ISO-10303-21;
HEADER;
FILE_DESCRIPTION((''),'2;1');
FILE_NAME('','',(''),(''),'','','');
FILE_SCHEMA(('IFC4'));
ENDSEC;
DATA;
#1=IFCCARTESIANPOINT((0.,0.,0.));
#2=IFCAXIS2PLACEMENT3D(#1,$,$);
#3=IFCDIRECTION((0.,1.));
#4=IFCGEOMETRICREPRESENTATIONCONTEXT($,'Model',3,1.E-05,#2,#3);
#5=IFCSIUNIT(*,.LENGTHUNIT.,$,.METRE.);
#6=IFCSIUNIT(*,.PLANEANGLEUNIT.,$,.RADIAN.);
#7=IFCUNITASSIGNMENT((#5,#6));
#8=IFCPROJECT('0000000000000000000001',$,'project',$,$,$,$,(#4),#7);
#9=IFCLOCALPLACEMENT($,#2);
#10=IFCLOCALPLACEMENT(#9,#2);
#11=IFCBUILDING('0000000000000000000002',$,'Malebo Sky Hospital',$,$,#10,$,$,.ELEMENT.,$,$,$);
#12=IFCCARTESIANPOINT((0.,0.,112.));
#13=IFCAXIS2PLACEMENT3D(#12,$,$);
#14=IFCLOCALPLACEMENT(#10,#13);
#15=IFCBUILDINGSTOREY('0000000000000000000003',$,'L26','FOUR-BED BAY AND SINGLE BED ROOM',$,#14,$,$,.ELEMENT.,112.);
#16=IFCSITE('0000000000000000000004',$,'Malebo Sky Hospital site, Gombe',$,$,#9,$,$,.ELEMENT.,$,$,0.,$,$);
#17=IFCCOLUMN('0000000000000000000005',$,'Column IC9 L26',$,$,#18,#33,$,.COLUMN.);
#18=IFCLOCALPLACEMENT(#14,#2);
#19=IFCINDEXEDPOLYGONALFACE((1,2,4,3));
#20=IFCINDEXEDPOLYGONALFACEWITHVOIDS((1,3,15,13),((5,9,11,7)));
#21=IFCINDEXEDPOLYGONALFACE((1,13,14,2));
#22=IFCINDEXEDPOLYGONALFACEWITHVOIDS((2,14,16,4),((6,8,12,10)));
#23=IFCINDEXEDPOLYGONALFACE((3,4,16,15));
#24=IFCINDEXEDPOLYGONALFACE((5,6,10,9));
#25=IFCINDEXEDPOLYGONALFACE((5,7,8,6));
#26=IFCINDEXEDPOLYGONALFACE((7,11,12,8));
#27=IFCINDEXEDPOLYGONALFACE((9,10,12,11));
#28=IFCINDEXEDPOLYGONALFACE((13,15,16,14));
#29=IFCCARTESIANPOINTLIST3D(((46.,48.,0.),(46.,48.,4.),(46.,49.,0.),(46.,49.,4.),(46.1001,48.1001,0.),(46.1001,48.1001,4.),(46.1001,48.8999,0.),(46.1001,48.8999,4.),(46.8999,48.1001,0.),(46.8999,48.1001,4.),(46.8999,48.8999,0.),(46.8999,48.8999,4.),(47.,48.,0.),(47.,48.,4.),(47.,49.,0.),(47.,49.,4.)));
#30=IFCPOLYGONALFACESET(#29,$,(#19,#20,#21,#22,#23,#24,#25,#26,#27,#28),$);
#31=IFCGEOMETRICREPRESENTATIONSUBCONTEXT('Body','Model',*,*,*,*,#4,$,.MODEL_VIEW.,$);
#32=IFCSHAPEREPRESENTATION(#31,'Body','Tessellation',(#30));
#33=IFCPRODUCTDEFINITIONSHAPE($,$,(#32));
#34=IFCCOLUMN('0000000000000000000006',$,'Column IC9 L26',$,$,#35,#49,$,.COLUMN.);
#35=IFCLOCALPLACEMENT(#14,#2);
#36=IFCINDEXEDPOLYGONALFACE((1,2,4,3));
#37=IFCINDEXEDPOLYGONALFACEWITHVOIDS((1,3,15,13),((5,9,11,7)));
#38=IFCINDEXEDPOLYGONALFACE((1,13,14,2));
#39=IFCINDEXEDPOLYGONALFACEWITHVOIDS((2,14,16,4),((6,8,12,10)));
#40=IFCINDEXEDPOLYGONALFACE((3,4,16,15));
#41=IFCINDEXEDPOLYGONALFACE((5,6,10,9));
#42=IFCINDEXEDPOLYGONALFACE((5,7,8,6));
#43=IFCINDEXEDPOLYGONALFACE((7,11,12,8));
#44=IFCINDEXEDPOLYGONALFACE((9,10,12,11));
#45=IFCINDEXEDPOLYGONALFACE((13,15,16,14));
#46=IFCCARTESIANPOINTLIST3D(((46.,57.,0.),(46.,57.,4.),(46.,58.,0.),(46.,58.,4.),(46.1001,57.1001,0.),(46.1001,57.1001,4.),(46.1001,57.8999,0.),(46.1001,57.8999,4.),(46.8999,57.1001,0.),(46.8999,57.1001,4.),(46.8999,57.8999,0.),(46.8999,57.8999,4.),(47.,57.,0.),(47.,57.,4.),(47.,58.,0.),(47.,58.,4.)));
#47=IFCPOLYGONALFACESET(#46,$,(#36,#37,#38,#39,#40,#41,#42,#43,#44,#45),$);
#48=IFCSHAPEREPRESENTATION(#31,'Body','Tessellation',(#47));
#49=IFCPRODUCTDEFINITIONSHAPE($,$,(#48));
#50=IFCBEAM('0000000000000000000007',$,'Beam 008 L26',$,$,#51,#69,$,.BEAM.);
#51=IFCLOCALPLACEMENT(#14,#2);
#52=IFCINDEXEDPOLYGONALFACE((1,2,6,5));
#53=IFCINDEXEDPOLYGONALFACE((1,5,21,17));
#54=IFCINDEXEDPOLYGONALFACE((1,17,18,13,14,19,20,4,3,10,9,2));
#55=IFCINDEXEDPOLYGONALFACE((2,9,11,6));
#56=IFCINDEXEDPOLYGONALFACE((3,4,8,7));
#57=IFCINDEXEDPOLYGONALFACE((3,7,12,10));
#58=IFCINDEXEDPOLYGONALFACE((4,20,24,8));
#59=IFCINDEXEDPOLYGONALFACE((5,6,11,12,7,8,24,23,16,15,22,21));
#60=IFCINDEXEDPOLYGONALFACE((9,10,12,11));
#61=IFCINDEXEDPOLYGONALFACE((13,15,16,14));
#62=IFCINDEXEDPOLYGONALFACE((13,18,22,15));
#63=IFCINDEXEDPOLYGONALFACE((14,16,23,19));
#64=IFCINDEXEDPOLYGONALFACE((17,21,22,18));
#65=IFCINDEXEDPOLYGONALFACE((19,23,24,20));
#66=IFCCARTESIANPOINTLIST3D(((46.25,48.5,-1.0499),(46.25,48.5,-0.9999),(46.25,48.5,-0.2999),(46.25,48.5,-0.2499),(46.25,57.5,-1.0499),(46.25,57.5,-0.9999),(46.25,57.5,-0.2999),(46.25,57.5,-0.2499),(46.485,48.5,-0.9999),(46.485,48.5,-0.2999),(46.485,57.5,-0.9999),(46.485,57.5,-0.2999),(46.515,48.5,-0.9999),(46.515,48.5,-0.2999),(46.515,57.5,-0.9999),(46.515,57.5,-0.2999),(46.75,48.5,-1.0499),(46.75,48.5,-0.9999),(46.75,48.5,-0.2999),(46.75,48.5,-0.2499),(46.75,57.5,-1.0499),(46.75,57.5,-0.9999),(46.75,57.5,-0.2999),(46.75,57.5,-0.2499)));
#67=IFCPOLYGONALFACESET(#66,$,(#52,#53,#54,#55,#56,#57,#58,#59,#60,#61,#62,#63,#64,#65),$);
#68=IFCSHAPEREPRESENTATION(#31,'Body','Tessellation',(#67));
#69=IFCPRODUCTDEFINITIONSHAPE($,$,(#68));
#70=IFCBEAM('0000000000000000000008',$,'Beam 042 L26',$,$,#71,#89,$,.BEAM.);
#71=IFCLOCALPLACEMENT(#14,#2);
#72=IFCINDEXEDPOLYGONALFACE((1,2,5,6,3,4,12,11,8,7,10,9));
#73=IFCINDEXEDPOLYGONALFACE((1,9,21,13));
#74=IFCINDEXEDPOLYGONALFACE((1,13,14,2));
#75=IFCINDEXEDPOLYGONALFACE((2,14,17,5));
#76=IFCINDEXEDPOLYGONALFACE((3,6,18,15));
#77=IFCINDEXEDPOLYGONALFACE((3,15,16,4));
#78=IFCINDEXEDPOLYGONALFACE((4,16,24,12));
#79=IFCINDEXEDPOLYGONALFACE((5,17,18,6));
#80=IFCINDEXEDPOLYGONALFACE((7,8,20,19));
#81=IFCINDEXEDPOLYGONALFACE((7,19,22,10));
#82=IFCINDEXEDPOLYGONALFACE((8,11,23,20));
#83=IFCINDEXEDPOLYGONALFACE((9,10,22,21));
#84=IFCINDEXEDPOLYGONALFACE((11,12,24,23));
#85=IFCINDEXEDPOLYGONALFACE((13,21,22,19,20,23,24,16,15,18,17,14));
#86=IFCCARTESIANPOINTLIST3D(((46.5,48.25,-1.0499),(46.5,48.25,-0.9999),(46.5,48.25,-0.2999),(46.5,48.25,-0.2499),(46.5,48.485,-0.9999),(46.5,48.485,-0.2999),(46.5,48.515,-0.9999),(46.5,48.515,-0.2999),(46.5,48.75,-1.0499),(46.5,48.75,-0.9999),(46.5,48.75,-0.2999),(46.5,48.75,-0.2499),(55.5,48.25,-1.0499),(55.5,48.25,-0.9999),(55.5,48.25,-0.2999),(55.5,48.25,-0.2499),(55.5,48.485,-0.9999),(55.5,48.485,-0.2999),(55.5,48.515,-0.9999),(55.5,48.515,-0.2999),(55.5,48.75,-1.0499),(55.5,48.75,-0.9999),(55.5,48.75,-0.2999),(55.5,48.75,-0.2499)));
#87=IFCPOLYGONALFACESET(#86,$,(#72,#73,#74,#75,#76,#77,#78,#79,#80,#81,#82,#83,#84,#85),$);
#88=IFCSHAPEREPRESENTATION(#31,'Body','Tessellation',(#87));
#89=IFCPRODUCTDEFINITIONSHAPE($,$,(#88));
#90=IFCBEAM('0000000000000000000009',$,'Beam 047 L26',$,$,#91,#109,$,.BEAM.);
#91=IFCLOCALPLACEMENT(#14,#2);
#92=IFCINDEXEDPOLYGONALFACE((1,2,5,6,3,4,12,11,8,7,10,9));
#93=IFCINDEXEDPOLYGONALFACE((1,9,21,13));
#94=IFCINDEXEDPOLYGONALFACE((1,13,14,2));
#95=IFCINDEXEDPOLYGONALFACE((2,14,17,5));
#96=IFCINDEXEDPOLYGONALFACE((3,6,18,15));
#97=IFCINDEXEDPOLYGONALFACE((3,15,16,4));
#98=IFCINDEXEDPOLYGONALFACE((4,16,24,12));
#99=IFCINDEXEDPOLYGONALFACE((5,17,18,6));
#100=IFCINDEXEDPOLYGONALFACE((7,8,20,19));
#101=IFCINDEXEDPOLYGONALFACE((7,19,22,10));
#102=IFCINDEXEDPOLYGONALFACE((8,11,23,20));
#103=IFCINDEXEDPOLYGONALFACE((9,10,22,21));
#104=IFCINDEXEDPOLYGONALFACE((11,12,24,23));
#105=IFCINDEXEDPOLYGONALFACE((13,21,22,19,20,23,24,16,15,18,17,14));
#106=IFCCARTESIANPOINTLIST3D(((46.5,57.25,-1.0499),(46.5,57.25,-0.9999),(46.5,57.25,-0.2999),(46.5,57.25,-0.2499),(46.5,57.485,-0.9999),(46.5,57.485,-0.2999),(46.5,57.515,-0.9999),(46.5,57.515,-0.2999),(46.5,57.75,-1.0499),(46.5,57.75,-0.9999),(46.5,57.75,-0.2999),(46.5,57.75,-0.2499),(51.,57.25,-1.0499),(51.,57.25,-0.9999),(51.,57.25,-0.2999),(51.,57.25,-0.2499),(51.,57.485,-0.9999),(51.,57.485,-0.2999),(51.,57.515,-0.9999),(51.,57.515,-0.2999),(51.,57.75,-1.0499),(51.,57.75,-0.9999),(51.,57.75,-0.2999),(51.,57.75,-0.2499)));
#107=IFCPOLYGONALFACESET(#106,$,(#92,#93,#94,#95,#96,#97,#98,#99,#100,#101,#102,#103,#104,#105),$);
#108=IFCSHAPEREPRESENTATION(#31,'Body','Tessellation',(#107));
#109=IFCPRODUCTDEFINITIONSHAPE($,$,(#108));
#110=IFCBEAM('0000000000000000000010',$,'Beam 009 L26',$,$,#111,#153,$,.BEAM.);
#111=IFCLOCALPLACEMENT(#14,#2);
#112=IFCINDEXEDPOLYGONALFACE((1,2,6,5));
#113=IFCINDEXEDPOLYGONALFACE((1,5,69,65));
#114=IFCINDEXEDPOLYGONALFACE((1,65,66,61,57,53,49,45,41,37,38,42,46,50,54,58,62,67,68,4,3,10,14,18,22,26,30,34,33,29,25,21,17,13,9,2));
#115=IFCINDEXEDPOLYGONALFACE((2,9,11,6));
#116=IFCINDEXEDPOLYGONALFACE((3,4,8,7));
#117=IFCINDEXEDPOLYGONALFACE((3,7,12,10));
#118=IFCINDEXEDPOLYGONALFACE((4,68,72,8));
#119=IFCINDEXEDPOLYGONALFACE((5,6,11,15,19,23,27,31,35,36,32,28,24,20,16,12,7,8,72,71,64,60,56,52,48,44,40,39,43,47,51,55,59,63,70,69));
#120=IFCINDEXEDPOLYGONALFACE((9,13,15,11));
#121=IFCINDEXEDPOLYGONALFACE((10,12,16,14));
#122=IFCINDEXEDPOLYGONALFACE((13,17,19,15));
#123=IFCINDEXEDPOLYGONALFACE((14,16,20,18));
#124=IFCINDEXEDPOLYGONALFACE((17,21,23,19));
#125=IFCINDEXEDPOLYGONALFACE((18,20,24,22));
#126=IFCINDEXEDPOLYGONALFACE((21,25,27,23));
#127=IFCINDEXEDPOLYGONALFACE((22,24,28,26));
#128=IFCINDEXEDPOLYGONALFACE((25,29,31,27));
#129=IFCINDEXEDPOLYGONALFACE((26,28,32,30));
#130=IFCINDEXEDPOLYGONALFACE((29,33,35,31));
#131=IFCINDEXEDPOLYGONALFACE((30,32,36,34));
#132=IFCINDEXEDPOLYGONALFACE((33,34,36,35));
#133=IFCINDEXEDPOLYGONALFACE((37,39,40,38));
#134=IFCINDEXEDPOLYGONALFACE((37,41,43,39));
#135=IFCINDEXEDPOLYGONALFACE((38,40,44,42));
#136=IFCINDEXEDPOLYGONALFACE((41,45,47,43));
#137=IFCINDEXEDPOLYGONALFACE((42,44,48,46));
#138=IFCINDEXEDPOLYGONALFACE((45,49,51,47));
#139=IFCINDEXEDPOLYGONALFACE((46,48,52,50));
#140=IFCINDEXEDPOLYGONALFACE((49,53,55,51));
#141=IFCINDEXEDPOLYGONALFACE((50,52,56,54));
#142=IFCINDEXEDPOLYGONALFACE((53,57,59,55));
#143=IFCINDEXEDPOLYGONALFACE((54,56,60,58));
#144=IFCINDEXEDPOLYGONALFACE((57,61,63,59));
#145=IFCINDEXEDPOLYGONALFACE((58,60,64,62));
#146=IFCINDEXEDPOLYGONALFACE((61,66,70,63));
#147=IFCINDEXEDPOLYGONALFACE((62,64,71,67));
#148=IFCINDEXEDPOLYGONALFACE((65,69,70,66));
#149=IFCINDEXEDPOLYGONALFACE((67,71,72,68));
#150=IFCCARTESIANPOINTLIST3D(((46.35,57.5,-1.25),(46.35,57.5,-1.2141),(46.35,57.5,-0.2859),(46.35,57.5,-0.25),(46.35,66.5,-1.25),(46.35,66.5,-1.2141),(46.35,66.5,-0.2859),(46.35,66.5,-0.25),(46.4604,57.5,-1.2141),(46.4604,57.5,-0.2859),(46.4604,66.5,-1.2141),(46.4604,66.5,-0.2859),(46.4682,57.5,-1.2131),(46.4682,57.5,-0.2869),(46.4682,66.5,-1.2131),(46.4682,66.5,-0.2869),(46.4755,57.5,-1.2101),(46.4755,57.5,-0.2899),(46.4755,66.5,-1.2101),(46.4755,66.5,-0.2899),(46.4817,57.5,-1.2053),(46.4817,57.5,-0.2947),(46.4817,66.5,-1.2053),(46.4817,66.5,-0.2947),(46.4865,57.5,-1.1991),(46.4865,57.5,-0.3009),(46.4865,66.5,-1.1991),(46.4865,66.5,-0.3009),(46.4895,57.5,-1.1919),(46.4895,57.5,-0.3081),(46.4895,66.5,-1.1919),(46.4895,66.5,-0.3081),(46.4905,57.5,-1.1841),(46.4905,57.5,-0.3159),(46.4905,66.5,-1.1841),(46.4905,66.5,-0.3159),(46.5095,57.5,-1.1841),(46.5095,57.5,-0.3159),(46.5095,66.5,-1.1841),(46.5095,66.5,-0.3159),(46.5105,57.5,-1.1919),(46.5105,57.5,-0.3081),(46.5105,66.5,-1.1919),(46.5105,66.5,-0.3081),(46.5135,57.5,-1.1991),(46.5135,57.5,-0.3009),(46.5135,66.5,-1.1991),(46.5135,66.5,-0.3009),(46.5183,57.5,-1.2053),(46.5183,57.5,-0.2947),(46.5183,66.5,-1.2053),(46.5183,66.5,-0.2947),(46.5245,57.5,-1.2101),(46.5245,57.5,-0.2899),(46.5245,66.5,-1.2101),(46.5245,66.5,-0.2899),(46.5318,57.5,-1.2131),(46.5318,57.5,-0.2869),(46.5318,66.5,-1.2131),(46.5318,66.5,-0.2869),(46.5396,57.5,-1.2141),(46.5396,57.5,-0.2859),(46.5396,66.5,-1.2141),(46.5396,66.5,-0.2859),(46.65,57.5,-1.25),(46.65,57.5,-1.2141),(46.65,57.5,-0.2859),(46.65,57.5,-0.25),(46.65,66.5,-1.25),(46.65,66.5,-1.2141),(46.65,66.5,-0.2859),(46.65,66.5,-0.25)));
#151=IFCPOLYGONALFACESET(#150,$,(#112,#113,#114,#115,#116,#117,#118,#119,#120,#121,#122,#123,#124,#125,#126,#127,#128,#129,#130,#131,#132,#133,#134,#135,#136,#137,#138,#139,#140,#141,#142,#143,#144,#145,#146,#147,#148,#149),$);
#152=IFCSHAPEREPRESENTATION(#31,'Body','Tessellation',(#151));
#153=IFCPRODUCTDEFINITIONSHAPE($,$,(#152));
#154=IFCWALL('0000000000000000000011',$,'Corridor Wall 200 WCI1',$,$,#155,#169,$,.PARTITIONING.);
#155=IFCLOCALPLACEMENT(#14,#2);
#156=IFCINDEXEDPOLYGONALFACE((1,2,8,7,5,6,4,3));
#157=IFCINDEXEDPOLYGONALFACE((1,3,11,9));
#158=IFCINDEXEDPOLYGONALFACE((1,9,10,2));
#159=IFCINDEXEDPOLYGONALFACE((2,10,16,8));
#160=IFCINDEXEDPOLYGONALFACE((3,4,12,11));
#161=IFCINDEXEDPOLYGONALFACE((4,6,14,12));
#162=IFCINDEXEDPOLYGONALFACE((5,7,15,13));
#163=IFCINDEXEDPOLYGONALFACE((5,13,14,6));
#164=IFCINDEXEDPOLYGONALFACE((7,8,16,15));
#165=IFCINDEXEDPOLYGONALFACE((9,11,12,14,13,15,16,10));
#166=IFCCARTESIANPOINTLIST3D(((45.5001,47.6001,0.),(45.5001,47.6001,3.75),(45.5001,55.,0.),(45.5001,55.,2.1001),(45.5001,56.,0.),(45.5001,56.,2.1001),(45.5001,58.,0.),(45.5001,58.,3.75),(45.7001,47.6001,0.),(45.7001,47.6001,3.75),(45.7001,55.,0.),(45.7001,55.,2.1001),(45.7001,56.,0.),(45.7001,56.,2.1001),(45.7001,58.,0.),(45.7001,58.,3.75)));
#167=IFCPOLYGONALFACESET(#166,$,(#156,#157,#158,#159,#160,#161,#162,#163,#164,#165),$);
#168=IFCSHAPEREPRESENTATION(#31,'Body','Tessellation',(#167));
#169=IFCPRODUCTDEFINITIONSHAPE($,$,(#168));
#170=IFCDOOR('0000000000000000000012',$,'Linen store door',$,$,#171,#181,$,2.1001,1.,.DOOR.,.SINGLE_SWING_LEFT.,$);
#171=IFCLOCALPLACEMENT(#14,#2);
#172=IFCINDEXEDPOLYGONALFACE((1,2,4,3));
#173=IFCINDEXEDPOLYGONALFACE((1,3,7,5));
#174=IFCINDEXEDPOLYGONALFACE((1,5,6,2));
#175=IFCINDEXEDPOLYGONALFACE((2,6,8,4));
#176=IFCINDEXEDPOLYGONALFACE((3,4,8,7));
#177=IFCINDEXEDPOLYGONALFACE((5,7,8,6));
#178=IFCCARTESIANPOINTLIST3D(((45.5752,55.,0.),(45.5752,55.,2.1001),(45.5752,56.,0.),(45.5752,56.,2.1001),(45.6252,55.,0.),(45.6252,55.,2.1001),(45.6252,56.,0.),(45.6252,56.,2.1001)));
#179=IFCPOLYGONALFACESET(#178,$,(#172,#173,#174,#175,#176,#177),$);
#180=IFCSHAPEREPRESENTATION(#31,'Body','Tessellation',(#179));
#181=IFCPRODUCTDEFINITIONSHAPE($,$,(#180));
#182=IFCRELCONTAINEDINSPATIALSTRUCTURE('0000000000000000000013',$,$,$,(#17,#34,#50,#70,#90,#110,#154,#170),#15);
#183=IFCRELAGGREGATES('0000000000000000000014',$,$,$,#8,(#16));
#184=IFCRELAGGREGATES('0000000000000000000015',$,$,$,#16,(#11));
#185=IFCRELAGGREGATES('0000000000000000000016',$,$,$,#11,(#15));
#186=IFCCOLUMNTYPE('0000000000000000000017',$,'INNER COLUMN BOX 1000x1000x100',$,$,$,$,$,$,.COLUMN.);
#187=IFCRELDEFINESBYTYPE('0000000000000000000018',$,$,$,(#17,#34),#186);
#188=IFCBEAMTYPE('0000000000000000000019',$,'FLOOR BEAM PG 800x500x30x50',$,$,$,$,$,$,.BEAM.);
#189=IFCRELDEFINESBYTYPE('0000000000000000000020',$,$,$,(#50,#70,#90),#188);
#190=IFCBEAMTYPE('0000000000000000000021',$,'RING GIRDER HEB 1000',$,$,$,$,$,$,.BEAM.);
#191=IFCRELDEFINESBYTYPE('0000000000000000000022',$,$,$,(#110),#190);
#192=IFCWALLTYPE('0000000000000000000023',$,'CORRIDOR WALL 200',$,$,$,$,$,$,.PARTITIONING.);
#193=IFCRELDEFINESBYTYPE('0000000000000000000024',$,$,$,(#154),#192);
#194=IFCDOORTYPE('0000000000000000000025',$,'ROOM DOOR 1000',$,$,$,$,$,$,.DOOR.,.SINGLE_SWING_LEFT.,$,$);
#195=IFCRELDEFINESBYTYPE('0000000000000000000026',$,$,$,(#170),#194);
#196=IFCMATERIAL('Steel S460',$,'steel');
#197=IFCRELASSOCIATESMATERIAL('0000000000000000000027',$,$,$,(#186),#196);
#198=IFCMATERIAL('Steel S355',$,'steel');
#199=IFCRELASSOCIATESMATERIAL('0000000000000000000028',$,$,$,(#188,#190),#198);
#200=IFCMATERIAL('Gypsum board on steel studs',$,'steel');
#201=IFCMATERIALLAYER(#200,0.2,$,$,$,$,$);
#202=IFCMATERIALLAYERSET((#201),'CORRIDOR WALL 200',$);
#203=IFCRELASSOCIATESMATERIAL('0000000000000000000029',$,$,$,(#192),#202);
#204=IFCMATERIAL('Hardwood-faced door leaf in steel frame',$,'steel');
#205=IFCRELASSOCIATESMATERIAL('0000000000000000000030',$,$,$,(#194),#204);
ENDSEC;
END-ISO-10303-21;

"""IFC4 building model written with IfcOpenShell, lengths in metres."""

from ifc_helpers import new_model, si_unit, direction, frame, frame_2d, origin, origin_2d, place, context, subcontext, project, spatial, rectangle, hollow_rectangle, i_section, extrude, material, layer, layer_set, material_profile, profile_set, type_object, element, fill, save


model = new_model("IFC4")

# Units and contexts
model_context = context("Model", 3, precision=1e-05, world=origin(), true_north=direction((0.0, 1.0)))
body_context = subcontext(model_context, "Body", "Model", "MODEL_VIEW")
ifc_project = project(units=[si_unit("LENGTHUNIT", "METRE"), si_unit("PLANEANGLEUNIT", "RADIAN")], contexts=[model_context])

# Site, building, storey
site_placement = place(None, origin())
site = spatial("IfcSite", under=ifc_project, at=site_placement, Name="Malebo Sky Hospital site, Gombe", CompositionType="ELEMENT", RefElevation=0.0)
building_placement = place(site_placement, origin())
building = spatial("IfcBuilding", under=site, at=building_placement, Name="Malebo Sky Hospital", CompositionType="ELEMENT")
storey_placement = place(building_placement, frame((0.0, 0.0, 112.0)))
storey = spatial("IfcBuildingStorey", under=building, at=storey_placement, Name="L26", Description="FOUR-BED BAY AND SINGLE BED ROOM", CompositionType="ELEMENT", Elevation=112.0)

# Columns
ifc_material_1 = material(Name="Steel S460", Category="steel")
ifc_material_profile_1 = material_profile(ifc_material_1, hollow_rectangle(XDim=1.0, YDim=1.0, WallThickness=0.1001, at=origin_2d()), Name="BOX 1000x1000x100")
ifc_profile_set_1 = profile_set([ifc_material_profile_1], Name="Steel S460")
column_type = type_object("IfcColumnType", Name="INNER COLUMN BOX 1000x1000x100", PredefinedType="COLUMN", material=ifc_profile_set_1)
for number, where, z_axis, x_axis, name in (
    (1, (46.5, 48.5, 0.0), (0.0, 0.0, 1.0), (1.0, 0.0, 0.0), "Column IC9 L26"),
    (2, (46.5, 57.5, 0.0), (0.0, 0.0, 1.0), (1.0, 0.0, 0.0), "Column IC9 L26"),
):
    element("IfcColumn", number, at=place(storey_placement, frame(where, z_axis=z_axis, x_axis=x_axis)), inside=storey, type_object=column_type, Name=name, PredefinedType="COLUMN", context=body_context, shape_type="SweptSolid", body=[
        extrude(hollow_rectangle(XDim=1.0, YDim=1.0, WallThickness=0.1001, at=origin_2d()), origin(), (0.0, 0.0, 1.0), 4.0),
    ])

# Beams
ifc_material_2 = material(Name="Steel S355", Category="steel")
ifc_material_profile_2 = material_profile(ifc_material_2, i_section(OverallWidth=0.5, OverallDepth=0.8, WebThickness=0.03, FlangeThickness=0.05, at=origin_2d()), Name="PG 800x500x30x50")
ifc_profile_set_2 = profile_set([ifc_material_profile_2], Name="Steel S355")
beam_type_1 = type_object("IfcBeamType", Name="FLOOR BEAM PG 800x500x30x50", PredefinedType="BEAM", material=ifc_profile_set_2)
for number, where, z_axis, x_axis, name in (
    (3, (46.5, 48.5, -0.6499), (0.0, 1.0, 0.0), (-1.0, 0.0, 0.0), "Beam 008 L26"),
    (4, (46.5, 48.5, -0.6499), (1.0, 0.0, 0.0), (0.0, 1.0, 0.0), "Beam 042 L26"),
):
    element("IfcBeam", number, at=place(storey_placement, frame(where, z_axis=z_axis, x_axis=x_axis)), inside=storey, type_object=beam_type_1, Name=name, PredefinedType="BEAM", context=body_context, shape_type="SweptSolid", body=[
        extrude(i_section(OverallWidth=0.5, OverallDepth=0.8, WebThickness=0.03, FlangeThickness=0.05, at=origin_2d()), origin(), (0.0, 0.0, 1.0), 9.0),
    ])
beam_1_placement = place(storey_placement, frame((46.5, 57.5, -0.6499), z_axis=(1.0, 0.0, 0.0), x_axis=(0.0, 1.0, 0.0)))
element("IfcBeam", 5, at=beam_1_placement, inside=storey, type_object=beam_type_1, Name="Beam 047 L26", PredefinedType="BEAM", context=body_context, shape_type="SweptSolid", body=[
    extrude(i_section(OverallWidth=0.5, OverallDepth=0.8, WebThickness=0.03, FlangeThickness=0.05, at=origin_2d()), origin(), (0.0, 0.0, 1.0), 4.5),
])
ifc_material_profile_3 = material_profile(ifc_material_2, i_section(OverallWidth=0.3, OverallDepth=1.0, WebThickness=0.019, FlangeThickness=0.0359, FilletRadius=0.03, at=origin_2d()), Name="HEB 1000")
ifc_profile_set_3 = profile_set([ifc_material_profile_3], Name="Steel S355")
beam_type_2 = type_object("IfcBeamType", Name="RING GIRDER HEB 1000", PredefinedType="BEAM", material=ifc_profile_set_3)
beam_2_placement = place(storey_placement, frame((46.5, 57.5, -0.75), z_axis=(0.0, 1.0, 0.0), x_axis=(-1.0, 0.0, 0.0)))
element("IfcBeam", 6, at=beam_2_placement, inside=storey, type_object=beam_type_2, Name="Beam 009 L26", PredefinedType="BEAM", context=body_context, shape_type="SweptSolid", body=[
    extrude(i_section(OverallWidth=0.3, OverallDepth=1.0, WebThickness=0.019, FlangeThickness=0.0359, FilletRadius=0.03, at=origin_2d()), origin(), (0.0, 0.0, 1.0), 9.0),
])

# Wall, opening, door
ifc_material_3 = material(Name="Gypsum board on steel studs", Category="steel")
ifc_layer_1 = layer(ifc_material_3, 0.2)
ifc_layer_set_1 = layer_set([ifc_layer_1], Name="CORRIDOR WALL 200")
wall_type_1 = type_object("IfcWallType", Name="CORRIDOR WALL 200", PredefinedType="PARTITIONING", material=ifc_layer_set_1)
wall_1_placement = place(storey_placement, frame((45.6001, 47.6001, 0.0), z_axis=(0.0, 0.0, 1.0), x_axis=(0.0, 1.0, 0.0)))
wall_1 = element("IfcWall", 7, at=wall_1_placement, inside=storey, type_object=wall_type_1, Name="Corridor Wall 200 WCI1", PredefinedType="PARTITIONING", context=body_context, shape_type="SweptSolid", body=[
    extrude(rectangle(XDim=10.3999, YDim=0.2, at=frame_2d((5.2, 0.0))), origin(), (0.0, 0.0, 1.0), 3.75),
])
opening_1_placement = place(wall_1_placement, frame((7.3999, 0.0, 0.0)))
opening_1 = element("IfcOpeningElement", 8, at=opening_1_placement, cuts=wall_1, PredefinedType="OPENING", context=body_context, shape_type="SweptSolid", body=[
    extrude(rectangle(XDim=1.0, YDim=2.1001, at=frame_2d((0.5, 1.05))), frame((0.0, 0.1099, 0.0), z_axis=(0.0, -1.0, 0.0), x_axis=(1.0, 0.0, 0.0)), (0.0, 0.0, 1.0), 0.22),
])
ifc_material_4 = material(Name="Hardwood-faced door leaf in steel frame", Category="steel")
door_type_1 = type_object("IfcDoorType", Name="ROOM DOOR 1000", OperationType="SINGLE_SWING_LEFT", PredefinedType="DOOR", material=ifc_material_4)
door_1_placement = place(opening_1_placement, origin())
door_1 = element("IfcDoor", 9, at=door_1_placement, inside=storey, type_object=door_type_1, Name="Linen store door", OperationType="SINGLE_SWING_LEFT", OverallHeight=2.1001, OverallWidth=1.0, PredefinedType="DOOR", context=body_context, shape_type="SweptSolid", body=[
    extrude(rectangle(XDim=1.0, YDim=2.1001, at=frame_2d((0.5, 1.05))), frame((0.0, 0.0249, 0.0), z_axis=(0.0, -1.0, 0.0), x_axis=(1.0, 0.0, 0.0)), (0.0, 0.0, 1.0), 0.05),
])
fill(opening_1, door_1)

save(model, "model.ifc")
